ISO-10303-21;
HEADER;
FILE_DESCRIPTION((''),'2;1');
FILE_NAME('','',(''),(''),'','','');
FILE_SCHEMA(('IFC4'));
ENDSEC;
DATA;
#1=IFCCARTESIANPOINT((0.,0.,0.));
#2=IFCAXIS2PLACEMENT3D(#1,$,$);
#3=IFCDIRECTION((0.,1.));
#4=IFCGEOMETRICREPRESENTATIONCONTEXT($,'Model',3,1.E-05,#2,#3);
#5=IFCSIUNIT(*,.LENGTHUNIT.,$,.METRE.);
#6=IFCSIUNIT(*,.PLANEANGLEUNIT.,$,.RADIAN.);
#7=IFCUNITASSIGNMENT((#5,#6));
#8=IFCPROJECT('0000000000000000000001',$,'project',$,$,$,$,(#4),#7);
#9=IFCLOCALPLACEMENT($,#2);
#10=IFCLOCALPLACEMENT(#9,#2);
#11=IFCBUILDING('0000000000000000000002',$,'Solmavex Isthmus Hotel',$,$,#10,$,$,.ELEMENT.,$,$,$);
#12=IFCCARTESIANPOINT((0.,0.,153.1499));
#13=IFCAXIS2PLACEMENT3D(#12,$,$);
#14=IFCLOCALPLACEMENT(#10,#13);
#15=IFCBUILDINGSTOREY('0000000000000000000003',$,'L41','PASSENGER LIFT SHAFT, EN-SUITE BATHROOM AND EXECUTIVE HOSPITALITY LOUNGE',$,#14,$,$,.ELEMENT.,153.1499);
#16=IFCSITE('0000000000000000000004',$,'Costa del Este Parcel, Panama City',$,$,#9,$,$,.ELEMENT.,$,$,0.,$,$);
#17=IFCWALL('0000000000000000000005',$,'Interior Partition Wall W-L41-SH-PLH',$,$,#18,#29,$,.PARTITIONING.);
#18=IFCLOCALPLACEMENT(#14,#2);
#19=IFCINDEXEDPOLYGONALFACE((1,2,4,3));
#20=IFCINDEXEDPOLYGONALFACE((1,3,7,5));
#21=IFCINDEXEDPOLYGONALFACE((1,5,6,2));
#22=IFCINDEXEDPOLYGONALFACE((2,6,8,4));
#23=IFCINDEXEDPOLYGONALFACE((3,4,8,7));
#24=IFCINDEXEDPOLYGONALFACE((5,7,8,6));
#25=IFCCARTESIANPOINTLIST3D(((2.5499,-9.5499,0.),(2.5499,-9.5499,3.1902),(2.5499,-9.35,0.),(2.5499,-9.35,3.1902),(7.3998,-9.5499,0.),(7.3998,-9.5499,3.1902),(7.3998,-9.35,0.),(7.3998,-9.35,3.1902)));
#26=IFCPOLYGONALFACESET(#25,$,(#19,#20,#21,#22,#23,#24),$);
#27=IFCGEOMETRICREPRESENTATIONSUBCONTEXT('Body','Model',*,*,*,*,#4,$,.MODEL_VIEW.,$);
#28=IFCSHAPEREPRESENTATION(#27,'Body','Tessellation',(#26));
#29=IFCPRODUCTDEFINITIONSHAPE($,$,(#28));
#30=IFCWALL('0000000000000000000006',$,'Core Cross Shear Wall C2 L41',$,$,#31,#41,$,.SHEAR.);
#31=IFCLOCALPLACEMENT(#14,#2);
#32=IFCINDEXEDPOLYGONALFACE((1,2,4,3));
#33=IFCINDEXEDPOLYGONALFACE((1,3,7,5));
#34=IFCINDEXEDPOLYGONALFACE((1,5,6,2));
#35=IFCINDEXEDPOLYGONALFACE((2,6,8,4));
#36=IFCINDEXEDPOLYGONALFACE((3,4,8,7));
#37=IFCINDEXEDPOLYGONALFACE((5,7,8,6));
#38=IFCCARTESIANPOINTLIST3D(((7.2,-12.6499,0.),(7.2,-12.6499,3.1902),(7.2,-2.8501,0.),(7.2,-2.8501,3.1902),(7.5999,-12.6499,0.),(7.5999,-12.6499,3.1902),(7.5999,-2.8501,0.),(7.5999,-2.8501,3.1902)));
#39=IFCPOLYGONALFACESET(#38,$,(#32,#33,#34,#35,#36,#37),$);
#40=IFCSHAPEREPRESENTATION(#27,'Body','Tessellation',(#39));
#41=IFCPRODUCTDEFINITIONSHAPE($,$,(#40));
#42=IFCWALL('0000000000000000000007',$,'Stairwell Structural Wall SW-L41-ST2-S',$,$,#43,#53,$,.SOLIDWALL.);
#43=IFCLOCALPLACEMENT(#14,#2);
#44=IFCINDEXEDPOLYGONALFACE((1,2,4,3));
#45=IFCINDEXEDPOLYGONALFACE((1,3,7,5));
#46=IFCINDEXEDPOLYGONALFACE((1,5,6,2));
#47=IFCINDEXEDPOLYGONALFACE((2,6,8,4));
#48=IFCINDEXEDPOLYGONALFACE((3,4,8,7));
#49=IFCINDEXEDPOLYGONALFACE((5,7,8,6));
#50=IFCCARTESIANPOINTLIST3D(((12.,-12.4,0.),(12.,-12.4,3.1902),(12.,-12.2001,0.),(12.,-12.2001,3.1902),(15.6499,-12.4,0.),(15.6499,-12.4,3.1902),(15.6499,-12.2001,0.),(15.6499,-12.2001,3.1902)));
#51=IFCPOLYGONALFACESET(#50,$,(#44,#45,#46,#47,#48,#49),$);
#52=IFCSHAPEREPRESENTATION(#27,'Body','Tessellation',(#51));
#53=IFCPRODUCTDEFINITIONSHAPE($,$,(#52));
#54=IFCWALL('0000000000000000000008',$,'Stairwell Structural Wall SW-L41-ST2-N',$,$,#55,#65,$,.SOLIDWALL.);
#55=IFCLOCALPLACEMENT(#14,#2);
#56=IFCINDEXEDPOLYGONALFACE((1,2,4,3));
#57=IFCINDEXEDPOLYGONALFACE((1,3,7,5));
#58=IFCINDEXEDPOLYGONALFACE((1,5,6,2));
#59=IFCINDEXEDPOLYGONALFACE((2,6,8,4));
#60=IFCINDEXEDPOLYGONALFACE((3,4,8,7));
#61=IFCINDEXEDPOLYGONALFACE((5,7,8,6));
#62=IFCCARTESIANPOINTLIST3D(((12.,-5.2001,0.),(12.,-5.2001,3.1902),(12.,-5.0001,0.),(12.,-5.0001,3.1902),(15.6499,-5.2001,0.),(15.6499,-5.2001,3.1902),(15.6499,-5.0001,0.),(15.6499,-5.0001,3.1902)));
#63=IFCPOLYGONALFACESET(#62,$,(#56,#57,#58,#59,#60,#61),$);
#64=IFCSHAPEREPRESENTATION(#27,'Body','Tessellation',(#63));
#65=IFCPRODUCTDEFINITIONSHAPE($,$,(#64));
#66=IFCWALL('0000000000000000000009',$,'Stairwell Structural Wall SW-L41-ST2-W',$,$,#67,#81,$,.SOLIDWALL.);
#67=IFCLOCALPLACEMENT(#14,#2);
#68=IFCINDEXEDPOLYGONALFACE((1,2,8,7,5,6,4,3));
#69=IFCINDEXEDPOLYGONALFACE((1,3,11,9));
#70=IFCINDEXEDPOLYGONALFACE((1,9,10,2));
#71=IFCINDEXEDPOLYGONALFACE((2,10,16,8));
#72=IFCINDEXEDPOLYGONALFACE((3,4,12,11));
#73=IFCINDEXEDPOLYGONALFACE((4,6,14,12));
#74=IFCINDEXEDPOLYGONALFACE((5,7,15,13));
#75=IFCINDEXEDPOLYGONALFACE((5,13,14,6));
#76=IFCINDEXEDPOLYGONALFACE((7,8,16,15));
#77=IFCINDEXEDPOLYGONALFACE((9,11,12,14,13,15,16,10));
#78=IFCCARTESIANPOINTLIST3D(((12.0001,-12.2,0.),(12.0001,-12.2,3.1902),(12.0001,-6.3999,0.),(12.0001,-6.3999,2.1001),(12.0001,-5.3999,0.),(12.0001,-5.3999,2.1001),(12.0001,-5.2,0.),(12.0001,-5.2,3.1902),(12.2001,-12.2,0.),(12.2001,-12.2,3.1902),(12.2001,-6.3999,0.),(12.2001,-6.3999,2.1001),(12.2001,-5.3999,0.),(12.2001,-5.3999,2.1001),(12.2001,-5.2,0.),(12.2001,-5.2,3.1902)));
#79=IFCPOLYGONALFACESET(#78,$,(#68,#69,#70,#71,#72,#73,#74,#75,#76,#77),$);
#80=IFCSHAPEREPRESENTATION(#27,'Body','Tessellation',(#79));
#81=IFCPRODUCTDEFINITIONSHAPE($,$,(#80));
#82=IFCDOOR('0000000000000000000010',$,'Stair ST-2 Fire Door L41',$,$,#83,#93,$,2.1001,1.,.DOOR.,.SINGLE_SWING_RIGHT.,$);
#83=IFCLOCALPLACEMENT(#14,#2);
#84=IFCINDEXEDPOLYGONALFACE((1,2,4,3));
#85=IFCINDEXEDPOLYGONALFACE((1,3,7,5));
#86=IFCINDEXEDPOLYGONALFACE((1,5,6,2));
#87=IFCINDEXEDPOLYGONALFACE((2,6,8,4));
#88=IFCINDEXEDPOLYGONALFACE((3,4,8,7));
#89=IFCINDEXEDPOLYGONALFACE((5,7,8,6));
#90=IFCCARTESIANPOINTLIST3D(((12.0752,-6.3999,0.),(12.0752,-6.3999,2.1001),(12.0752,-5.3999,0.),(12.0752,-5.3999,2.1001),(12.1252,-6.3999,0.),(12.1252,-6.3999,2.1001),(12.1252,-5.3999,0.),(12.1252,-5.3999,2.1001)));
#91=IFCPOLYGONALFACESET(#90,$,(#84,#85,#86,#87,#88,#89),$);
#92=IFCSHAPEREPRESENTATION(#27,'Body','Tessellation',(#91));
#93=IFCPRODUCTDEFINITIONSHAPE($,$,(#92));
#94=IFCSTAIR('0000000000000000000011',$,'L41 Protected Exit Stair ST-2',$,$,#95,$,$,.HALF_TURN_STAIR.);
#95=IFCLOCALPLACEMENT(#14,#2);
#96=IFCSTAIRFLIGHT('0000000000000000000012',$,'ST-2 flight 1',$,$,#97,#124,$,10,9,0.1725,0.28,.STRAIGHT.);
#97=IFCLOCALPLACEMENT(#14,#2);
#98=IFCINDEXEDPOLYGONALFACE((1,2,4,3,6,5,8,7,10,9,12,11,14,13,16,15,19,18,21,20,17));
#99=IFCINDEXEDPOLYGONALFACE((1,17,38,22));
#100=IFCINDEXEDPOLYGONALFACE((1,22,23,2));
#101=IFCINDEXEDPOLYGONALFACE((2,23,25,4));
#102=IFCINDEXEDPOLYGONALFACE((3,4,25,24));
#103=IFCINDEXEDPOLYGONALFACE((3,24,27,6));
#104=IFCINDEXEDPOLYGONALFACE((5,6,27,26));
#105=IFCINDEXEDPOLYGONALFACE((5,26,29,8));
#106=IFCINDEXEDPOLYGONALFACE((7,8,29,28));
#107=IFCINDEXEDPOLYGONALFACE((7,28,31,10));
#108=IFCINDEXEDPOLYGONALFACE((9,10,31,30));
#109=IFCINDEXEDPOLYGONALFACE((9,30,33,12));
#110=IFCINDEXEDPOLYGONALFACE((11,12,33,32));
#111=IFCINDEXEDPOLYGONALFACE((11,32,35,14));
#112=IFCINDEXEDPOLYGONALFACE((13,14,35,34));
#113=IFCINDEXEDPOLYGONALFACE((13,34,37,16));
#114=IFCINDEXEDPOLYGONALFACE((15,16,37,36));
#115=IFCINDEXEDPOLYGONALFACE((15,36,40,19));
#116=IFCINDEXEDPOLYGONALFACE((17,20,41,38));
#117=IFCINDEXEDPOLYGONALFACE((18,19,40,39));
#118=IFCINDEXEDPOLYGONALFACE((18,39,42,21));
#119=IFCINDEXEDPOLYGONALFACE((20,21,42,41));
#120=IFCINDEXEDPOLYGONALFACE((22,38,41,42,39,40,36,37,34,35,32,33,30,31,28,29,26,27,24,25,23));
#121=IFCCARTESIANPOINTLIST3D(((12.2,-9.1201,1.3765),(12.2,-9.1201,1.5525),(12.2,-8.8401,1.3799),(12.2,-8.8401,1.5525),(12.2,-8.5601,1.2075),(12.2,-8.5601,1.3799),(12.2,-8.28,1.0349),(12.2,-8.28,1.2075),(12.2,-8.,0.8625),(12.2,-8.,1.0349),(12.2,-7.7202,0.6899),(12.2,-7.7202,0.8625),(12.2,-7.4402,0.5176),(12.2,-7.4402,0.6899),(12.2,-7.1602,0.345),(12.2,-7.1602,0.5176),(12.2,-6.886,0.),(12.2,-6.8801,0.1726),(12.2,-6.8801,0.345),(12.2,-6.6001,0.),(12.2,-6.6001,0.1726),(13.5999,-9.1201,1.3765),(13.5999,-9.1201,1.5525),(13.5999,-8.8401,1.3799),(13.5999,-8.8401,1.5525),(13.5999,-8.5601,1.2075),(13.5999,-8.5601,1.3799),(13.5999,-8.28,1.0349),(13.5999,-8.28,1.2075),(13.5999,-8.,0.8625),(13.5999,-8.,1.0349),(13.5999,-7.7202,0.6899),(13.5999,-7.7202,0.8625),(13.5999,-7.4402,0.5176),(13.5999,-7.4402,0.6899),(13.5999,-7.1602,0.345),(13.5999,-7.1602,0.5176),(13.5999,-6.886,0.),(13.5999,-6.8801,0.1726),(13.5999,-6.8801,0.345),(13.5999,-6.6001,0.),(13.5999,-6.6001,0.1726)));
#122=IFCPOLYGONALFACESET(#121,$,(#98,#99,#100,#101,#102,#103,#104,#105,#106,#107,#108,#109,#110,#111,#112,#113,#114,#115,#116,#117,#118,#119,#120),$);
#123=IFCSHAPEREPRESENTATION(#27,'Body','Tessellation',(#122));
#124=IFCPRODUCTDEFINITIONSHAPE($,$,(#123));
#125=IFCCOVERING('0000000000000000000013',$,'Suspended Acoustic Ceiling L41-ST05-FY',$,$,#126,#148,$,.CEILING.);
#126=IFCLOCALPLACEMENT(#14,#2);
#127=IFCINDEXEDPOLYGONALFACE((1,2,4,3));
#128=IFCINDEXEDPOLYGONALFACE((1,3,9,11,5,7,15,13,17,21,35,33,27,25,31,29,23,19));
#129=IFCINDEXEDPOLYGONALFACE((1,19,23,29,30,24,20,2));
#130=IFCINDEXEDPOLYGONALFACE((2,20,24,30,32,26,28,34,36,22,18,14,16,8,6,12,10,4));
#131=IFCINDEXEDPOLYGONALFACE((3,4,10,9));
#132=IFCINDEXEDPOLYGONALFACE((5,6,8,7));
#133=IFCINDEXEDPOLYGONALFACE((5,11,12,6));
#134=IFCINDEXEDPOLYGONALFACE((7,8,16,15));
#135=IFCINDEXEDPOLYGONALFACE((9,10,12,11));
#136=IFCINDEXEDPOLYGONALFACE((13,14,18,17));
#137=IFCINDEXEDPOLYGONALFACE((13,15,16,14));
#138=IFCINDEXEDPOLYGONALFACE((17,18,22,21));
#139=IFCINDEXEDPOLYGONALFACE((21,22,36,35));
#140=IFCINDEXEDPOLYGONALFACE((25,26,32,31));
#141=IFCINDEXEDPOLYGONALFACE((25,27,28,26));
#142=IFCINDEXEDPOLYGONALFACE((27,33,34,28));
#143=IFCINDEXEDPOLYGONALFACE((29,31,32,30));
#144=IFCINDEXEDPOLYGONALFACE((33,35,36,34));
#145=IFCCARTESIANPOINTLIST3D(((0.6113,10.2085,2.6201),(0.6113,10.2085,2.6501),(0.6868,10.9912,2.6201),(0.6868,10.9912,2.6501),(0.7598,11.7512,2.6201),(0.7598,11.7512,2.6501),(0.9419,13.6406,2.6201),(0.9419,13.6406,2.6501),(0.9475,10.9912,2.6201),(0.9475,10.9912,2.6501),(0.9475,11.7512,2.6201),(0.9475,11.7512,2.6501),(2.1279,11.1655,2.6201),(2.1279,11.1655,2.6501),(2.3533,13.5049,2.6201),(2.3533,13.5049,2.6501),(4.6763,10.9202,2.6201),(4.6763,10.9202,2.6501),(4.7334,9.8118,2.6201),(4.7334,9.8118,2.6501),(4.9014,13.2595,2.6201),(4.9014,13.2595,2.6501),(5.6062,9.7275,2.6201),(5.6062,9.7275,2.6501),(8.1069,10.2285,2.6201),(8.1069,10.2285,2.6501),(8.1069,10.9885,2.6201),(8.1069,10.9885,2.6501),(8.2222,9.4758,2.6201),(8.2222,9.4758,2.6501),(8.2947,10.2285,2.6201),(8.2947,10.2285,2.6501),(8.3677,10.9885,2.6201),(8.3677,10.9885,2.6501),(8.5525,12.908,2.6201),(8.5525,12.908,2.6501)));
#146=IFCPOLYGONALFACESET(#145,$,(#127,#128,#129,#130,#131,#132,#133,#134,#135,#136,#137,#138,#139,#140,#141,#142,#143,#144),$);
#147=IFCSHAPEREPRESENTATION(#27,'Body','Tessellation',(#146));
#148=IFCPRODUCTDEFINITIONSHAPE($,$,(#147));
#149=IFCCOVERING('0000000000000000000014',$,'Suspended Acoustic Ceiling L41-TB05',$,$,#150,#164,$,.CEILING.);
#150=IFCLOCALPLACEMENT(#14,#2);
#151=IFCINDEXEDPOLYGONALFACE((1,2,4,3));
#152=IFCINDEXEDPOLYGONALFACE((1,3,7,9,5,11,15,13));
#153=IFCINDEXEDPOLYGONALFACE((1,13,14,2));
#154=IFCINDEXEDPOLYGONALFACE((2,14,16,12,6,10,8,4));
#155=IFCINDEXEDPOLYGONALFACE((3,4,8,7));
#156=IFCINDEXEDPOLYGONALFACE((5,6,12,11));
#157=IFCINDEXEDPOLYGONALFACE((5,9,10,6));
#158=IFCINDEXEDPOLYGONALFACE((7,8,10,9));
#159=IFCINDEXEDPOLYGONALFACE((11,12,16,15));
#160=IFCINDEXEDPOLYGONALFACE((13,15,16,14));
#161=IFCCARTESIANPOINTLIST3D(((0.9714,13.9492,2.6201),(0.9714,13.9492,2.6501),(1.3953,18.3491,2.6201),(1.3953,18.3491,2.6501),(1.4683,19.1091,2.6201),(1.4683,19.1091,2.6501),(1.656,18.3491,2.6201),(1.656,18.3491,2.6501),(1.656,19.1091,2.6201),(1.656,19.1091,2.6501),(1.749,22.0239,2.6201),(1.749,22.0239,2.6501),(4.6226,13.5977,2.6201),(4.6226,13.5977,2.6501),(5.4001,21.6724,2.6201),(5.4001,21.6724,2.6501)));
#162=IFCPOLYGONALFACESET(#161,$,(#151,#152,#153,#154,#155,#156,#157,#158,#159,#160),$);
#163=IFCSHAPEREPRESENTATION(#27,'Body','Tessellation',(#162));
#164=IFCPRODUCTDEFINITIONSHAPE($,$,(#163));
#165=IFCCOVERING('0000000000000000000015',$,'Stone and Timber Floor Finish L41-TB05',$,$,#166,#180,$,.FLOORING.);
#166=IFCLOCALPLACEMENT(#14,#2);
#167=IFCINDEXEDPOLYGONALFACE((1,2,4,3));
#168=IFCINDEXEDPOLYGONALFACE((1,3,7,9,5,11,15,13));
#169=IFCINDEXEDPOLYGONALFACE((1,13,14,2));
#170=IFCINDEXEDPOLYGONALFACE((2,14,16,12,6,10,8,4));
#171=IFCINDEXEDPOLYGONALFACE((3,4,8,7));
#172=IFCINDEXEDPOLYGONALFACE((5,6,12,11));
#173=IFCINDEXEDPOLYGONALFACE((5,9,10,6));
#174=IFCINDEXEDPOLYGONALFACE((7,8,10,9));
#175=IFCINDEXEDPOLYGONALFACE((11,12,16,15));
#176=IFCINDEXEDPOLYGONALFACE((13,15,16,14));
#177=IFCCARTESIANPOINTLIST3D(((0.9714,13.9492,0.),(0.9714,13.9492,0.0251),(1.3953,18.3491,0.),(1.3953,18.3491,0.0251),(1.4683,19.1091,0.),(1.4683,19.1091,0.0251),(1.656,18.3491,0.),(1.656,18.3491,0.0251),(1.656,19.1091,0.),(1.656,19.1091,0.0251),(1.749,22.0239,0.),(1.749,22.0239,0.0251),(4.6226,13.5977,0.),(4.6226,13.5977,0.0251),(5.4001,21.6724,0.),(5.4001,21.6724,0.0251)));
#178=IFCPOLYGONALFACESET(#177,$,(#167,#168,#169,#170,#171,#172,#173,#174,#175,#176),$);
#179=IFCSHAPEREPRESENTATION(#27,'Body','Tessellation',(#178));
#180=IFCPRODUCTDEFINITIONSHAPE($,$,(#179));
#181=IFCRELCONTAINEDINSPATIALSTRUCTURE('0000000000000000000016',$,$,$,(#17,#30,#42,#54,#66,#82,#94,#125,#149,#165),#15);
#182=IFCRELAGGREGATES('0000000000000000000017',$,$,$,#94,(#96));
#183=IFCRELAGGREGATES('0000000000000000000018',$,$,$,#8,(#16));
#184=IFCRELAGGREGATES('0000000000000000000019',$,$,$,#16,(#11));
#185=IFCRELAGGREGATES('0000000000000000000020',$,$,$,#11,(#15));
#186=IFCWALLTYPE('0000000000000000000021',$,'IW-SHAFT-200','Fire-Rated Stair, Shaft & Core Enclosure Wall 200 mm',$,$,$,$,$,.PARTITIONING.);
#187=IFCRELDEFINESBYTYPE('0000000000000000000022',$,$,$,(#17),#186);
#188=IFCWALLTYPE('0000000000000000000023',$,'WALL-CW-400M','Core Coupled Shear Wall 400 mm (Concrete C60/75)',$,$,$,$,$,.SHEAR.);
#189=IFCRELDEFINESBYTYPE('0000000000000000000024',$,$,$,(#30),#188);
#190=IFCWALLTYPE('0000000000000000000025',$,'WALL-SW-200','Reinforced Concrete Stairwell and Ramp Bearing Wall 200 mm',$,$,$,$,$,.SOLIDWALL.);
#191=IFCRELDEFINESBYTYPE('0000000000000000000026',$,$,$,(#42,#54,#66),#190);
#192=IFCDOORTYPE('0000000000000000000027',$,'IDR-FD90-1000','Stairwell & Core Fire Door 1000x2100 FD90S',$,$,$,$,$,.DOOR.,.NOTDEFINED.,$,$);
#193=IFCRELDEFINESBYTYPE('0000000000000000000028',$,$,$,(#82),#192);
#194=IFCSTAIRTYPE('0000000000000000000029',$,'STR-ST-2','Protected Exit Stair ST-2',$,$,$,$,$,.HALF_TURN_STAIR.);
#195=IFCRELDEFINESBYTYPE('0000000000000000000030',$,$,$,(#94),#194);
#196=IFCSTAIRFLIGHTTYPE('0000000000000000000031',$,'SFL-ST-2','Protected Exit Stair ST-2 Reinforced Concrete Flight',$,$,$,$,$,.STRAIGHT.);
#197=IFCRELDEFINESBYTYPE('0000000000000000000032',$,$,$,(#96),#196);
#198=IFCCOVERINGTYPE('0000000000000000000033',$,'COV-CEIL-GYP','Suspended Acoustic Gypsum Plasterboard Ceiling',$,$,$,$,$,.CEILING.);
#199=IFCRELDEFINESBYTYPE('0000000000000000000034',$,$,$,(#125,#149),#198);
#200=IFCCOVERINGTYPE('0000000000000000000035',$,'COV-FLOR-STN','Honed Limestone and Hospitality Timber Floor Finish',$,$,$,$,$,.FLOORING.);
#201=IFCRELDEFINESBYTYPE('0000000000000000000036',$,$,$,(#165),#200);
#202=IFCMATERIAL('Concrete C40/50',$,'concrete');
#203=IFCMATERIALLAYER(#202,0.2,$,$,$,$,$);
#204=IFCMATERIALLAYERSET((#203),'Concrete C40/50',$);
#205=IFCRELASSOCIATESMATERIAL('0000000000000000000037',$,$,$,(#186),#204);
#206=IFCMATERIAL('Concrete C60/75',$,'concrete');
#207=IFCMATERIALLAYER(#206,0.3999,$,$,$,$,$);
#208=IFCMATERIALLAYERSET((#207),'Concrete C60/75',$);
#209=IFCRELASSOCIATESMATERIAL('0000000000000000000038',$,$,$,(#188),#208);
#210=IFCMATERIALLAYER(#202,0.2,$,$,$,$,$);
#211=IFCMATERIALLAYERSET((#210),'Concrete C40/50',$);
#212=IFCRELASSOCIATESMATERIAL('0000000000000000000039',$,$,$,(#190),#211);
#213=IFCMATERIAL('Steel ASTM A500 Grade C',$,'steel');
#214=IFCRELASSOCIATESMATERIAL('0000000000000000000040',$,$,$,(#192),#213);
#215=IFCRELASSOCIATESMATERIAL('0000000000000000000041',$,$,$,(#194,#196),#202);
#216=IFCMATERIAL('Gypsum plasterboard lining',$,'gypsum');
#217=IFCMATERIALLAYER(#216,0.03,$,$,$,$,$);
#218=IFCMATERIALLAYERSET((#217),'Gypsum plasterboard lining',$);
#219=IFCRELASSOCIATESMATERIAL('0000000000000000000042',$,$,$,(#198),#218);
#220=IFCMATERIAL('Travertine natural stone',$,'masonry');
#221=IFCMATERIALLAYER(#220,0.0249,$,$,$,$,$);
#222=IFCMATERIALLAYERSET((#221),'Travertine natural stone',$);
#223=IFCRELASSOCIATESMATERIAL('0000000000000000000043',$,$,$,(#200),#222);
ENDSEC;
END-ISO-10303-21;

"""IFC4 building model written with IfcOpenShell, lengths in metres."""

from ifc_helpers import new_model, si_unit, direction, frame, frame_2d, origin, place, context, subcontext, project, spatial, polyline, rectangle, outline, extrude, material, layer, layer_set, type_object, element, fill, aggregate, save


model = new_model("IFC4")

# Units and contexts
model_context = context("Model", 3, precision=1e-05, world=origin(), true_north=direction((0.0, 1.0)))
body_context = subcontext(model_context, "Body", "Model", "MODEL_VIEW")
ifc_project = project(units=[si_unit("LENGTHUNIT", "METRE"), si_unit("PLANEANGLEUNIT", "RADIAN")], contexts=[model_context])

# Site, building, storey
site_placement = place(None, origin())
site = spatial("IfcSite", under=ifc_project, at=site_placement, Name="Costa del Este Parcel, Panama City", CompositionType="ELEMENT", RefElevation=0.0)
building_placement = place(site_placement, origin())
building = spatial("IfcBuilding", under=site, at=building_placement, Name="Solmavex Isthmus Hotel", CompositionType="ELEMENT")
storey_placement = place(building_placement, frame((0.0, 0.0, 153.1499)))
storey = spatial("IfcBuildingStorey", under=building, at=storey_placement, Name="L41", Description="PASSENGER LIFT SHAFT, EN-SUITE BATHROOM AND EXECUTIVE HOSPITALITY LOUNGE", CompositionType="ELEMENT", Elevation=153.1499)

# Shared definitions
ifc_material_1 = material(Name="Concrete C60/75", Category="concrete")

# Shared definitions
ifc_material_2 = material(Name="Gypsum plasterboard lining", Category="gypsum")

# Shared definitions
ifc_material_3 = material(Name="Concrete C40/50", Category="concrete")

# Shared definitions
ifc_layer_1 = layer(ifc_material_3, 0.2)
ifc_layer_set_1 = layer_set([ifc_layer_1], Name="Concrete C40/50")
wall_type_1 = type_object("IfcWallType", Name="IW-SHAFT-200", Description="Fire-Rated Stair, Shaft & Core Enclosure Wall 200 mm", PredefinedType="PARTITIONING", material=ifc_layer_set_1)
ifc_material_4 = material(Name="Steel ASTM A500 Grade C", Category="steel")

# Walls
wall_1_placement = place(storey_placement, frame((2.55, -9.45, 0.0), z_axis=(0.0, 0.0, 1.0), x_axis=(1.0, 0.0, 0.0)))
element("IfcWall", 1, at=wall_1_placement, inside=storey, type_object=wall_type_1, Name="Interior Partition Wall W-L41-SH-PLH", PredefinedType="PARTITIONING", context=body_context, shape_type="SweptSolid", body=[
    extrude(rectangle(XDim=4.8499, YDim=0.2, at=frame_2d((2.4248, 0.0))), origin(), (0.0, 0.0, 1.0), 3.1902),
])
ifc_layer_2 = layer(ifc_material_1, 0.3999)
ifc_layer_set_2 = layer_set([ifc_layer_2], Name="Concrete C60/75")
wall_type_2 = type_object("IfcWallType", Name="WALL-CW-400M", Description="Core Coupled Shear Wall 400 mm (Concrete C60/75)", PredefinedType="SHEAR", material=ifc_layer_set_2)
wall_2_placement = place(storey_placement, frame((7.3999, -12.6499, 0.0), z_axis=(0.0, 0.0, 1.0), x_axis=(0.0, 1.0, 0.0)))
element("IfcWall", 2, at=wall_2_placement, inside=storey, type_object=wall_type_2, Name="Core Cross Shear Wall C2 L41", PredefinedType="SHEAR", context=body_context, shape_type="SweptSolid", body=[
    extrude(rectangle(XDim=9.7998, YDim=0.3999, at=frame_2d((4.8999, 0.0))), origin(), (0.0, 0.0, 1.0), 3.1902),
])
ifc_layer_3 = layer(ifc_material_3, 0.2)
ifc_layer_set_3 = layer_set([ifc_layer_3], Name="Concrete C40/50")
wall_type_3 = type_object("IfcWallType", Name="WALL-SW-200", Description="Reinforced Concrete Stairwell and Ramp Bearing Wall 200 mm", PredefinedType="SOLIDWALL", material=ifc_layer_set_3)
for number, where, z_axis, x_axis, name in (
    (3, (12.0, -12.3, 0.0), (0.0, 0.0, 1.0), (1.0, 0.0, 0.0), "Stairwell Structural Wall SW-L41-ST2-S"),
    (4, (12.0, -5.1001, 0.0), (0.0, 0.0, 1.0), (1.0, 0.0, 0.0), "Stairwell Structural Wall SW-L41-ST2-N"),
):
    element("IfcWall", number, at=place(storey_placement, frame(where, z_axis=z_axis, x_axis=x_axis)), inside=storey, type_object=wall_type_3, Name=name, PredefinedType="SOLIDWALL", context=body_context, shape_type="SweptSolid", body=[
        extrude(rectangle(XDim=3.6499, YDim=0.2, at=frame_2d((1.825, 0.0))), origin(), (0.0, 0.0, 1.0), 3.1902),
    ])

# Wall, opening, door
wall_3_placement = place(storey_placement, frame((12.1001, -12.2, 0.0), z_axis=(0.0, 0.0, 1.0), x_axis=(0.0, 1.0, 0.0)))
wall_3 = element("IfcWall", 5, at=wall_3_placement, inside=storey, type_object=wall_type_3, Name="Stairwell Structural Wall SW-L41-ST2-W", PredefinedType="SOLIDWALL", context=body_context, shape_type="SweptSolid", body=[
    extrude(rectangle(XDim=7.0, YDim=0.2, at=frame_2d((3.5, 0.0))), origin(), (0.0, 0.0, 1.0), 3.1902),
])
opening_1_placement = place(wall_3_placement, frame((5.8, 0.0, 0.0)))
opening_1 = element("IfcOpeningElement", 6, at=opening_1_placement, cuts=wall_3, PredefinedType="OPENING", context=body_context, shape_type="SweptSolid", body=[
    extrude(rectangle(XDim=1.0, YDim=2.1001, at=frame_2d((0.5, 1.05))), frame((0.0, 0.1099, 0.0), z_axis=(0.0, -1.0, 0.0), x_axis=(1.0, 0.0, 0.0)), (0.0, 0.0, 1.0), 0.22),
])
door_type_1 = type_object("IfcDoorType", Name="IDR-FD90-1000", Description="Stairwell & Core Fire Door 1000x2100 FD90S", OperationType="NOTDEFINED", PredefinedType="DOOR", material=ifc_material_4)
door_1_placement = place(opening_1_placement, origin())
door_1 = element("IfcDoor", 7, at=door_1_placement, inside=storey, type_object=door_type_1, Name="Stair ST-2 Fire Door L41", OperationType="SINGLE_SWING_RIGHT", OverallHeight=2.1001, OverallWidth=1.0, PredefinedType="DOOR", context=body_context, shape_type="SweptSolid", body=[
    extrude(rectangle(XDim=1.0, YDim=2.1001, at=frame_2d((0.5, 1.05))), frame((0.0, 0.0249, 0.0), z_axis=(0.0, -1.0, 0.0), x_axis=(1.0, 0.0, 0.0)), (0.0, 0.0, 1.0), 0.05),
])
fill(opening_1, door_1)

# Stair, stair flight
stair_type = type_object("IfcStairType", Name="STR-ST-2", Description="Protected Exit Stair ST-2", PredefinedType="HALF_TURN_STAIR", material=ifc_material_3)
stair_placement = place(storey_placement, origin())
stair = element("IfcStair", 8, at=stair_placement, inside=storey, type_object=stair_type, Name="L41 Protected Exit Stair ST-2", PredefinedType="HALF_TURN_STAIR")
stair_flight_type = type_object("IfcStairFlightType", Name="SFL-ST-2", Description="Protected Exit Stair ST-2 Reinforced Concrete Flight", PredefinedType="STRAIGHT", material=ifc_material_3)
stair_flight_placement = place(storey_placement, frame((12.8999, -6.6001, 0.0), z_axis=(0.0, 0.0, 1.0), x_axis=(0.0, -1.0, 0.0)))
stair_flight = element("IfcStairFlight", 9, at=stair_flight_placement, type_object=stair_flight_type, Name="ST-2 flight 1", NumberOfRisers=10, NumberOfTreads=9, PredefinedType="STRAIGHT", RiserHeight=0.1725, TreadLength=0.28, context=body_context, shape_type="SweptSolid", body=[
    extrude(outline(polyline([(0.0, 0.0), (0.0, 0.1726), (0.28, 0.1726), (0.28, 0.345), (0.5601, 0.345), (0.5601, 0.5176), (0.8401, 0.5176), (0.8401, 0.6899), (1.1201, 0.6899), (1.1201, 0.8625), (1.3999, 0.8625), (1.3999, 1.0349), (1.6799, 1.0349), (1.6799, 1.2075), (1.96, 1.2075), (1.96, 1.3799), (2.24, 1.3799), (2.24, 1.5525), (2.52, 1.5525), (2.52, 1.7251), (2.52, 1.3765), (0.2859, 0.0), (0.0, 0.0)])), frame((0.0, 0.7, 0.0), z_axis=(0.0, -1.0, 0.0), x_axis=(1.0, 0.0, 0.0)), (0.0, 0.0, 1.0), 1.3999),
])
aggregate(stair, [stair_flight])

# Coverings
ifc_layer_4 = layer(ifc_material_2, 0.03)
ifc_layer_set_4 = layer_set([ifc_layer_4], Name="Gypsum plasterboard lining")
covering_type_1 = type_object("IfcCoveringType", Name="COV-CEIL-GYP", Description="Suspended Acoustic Gypsum Plasterboard Ceiling", PredefinedType="CEILING", material=ifc_layer_set_4)
covering_1_placement = place(storey_placement, frame((0.0, 0.0, 2.6201)))
element("IfcCovering", 10, at=covering_1_placement, inside=storey, type_object=covering_type_1, Name="Suspended Acoustic Ceiling L41-ST05-FY", PredefinedType="CEILING", context=body_context, shape_type="SweptSolid", body=[
    extrude(outline(polyline([(4.9014, 13.2595), (4.6763, 10.9202), (2.1279, 11.1655), (2.3533, 13.5049), (0.9419, 13.6406), (0.7598, 11.7512), (0.9475, 11.7512), (0.9475, 10.9912), (0.6868, 10.9912), (0.6113, 10.2085), (4.7334, 9.8118), (5.6062, 9.7275), (8.2222, 9.4758), (8.2947, 10.2285), (8.1069, 10.2285), (8.1069, 10.9885), (8.3677, 10.9885), (8.5525, 12.908), (4.9014, 13.2595)])), origin(), (0.0, 0.0, 1.0), 0.03),
])
covering_2_placement = place(storey_placement, frame((0.0, 0.0, 2.6201)))
element("IfcCovering", 11, at=covering_2_placement, inside=storey, type_object=covering_type_1, Name="Suspended Acoustic Ceiling L41-TB05", PredefinedType="CEILING", context=body_context, shape_type="SweptSolid", body=[
    extrude(outline(polyline([(1.4683, 19.1091), (1.656, 19.1091), (1.656, 18.3491), (1.3953, 18.3491), (0.9714, 13.9492), (4.6226, 13.5977), (5.4001, 21.6724), (1.749, 22.0239), (1.4683, 19.1091)])), origin(), (0.0, 0.0, 1.0), 0.03),
])
ifc_material_5 = material(Name="Travertine natural stone", Category="masonry")
ifc_layer_5 = layer(ifc_material_5, 0.0249)
ifc_layer_set_5 = layer_set([ifc_layer_5], Name="Travertine natural stone")
covering_type_2 = type_object("IfcCoveringType", Name="COV-FLOR-STN", Description="Honed Limestone and Hospitality Timber Floor Finish", PredefinedType="FLOORING", material=ifc_layer_set_5)
covering_3_placement = place(storey_placement, origin())
element("IfcCovering", 12, at=covering_3_placement, inside=storey, type_object=covering_type_2, Name="Stone and Timber Floor Finish L41-TB05", PredefinedType="FLOORING", context=body_context, shape_type="SweptSolid", body=[
    extrude(outline(polyline([(1.4683, 19.1091), (1.656, 19.1091), (1.656, 18.3491), (1.3953, 18.3491), (0.9714, 13.9492), (4.6226, 13.5977), (5.4001, 21.6724), (1.749, 22.0239), (1.4683, 19.1091)])), origin(), (0.0, 0.0, 1.0), 0.0251),
])

save(model, "model.ifc")
